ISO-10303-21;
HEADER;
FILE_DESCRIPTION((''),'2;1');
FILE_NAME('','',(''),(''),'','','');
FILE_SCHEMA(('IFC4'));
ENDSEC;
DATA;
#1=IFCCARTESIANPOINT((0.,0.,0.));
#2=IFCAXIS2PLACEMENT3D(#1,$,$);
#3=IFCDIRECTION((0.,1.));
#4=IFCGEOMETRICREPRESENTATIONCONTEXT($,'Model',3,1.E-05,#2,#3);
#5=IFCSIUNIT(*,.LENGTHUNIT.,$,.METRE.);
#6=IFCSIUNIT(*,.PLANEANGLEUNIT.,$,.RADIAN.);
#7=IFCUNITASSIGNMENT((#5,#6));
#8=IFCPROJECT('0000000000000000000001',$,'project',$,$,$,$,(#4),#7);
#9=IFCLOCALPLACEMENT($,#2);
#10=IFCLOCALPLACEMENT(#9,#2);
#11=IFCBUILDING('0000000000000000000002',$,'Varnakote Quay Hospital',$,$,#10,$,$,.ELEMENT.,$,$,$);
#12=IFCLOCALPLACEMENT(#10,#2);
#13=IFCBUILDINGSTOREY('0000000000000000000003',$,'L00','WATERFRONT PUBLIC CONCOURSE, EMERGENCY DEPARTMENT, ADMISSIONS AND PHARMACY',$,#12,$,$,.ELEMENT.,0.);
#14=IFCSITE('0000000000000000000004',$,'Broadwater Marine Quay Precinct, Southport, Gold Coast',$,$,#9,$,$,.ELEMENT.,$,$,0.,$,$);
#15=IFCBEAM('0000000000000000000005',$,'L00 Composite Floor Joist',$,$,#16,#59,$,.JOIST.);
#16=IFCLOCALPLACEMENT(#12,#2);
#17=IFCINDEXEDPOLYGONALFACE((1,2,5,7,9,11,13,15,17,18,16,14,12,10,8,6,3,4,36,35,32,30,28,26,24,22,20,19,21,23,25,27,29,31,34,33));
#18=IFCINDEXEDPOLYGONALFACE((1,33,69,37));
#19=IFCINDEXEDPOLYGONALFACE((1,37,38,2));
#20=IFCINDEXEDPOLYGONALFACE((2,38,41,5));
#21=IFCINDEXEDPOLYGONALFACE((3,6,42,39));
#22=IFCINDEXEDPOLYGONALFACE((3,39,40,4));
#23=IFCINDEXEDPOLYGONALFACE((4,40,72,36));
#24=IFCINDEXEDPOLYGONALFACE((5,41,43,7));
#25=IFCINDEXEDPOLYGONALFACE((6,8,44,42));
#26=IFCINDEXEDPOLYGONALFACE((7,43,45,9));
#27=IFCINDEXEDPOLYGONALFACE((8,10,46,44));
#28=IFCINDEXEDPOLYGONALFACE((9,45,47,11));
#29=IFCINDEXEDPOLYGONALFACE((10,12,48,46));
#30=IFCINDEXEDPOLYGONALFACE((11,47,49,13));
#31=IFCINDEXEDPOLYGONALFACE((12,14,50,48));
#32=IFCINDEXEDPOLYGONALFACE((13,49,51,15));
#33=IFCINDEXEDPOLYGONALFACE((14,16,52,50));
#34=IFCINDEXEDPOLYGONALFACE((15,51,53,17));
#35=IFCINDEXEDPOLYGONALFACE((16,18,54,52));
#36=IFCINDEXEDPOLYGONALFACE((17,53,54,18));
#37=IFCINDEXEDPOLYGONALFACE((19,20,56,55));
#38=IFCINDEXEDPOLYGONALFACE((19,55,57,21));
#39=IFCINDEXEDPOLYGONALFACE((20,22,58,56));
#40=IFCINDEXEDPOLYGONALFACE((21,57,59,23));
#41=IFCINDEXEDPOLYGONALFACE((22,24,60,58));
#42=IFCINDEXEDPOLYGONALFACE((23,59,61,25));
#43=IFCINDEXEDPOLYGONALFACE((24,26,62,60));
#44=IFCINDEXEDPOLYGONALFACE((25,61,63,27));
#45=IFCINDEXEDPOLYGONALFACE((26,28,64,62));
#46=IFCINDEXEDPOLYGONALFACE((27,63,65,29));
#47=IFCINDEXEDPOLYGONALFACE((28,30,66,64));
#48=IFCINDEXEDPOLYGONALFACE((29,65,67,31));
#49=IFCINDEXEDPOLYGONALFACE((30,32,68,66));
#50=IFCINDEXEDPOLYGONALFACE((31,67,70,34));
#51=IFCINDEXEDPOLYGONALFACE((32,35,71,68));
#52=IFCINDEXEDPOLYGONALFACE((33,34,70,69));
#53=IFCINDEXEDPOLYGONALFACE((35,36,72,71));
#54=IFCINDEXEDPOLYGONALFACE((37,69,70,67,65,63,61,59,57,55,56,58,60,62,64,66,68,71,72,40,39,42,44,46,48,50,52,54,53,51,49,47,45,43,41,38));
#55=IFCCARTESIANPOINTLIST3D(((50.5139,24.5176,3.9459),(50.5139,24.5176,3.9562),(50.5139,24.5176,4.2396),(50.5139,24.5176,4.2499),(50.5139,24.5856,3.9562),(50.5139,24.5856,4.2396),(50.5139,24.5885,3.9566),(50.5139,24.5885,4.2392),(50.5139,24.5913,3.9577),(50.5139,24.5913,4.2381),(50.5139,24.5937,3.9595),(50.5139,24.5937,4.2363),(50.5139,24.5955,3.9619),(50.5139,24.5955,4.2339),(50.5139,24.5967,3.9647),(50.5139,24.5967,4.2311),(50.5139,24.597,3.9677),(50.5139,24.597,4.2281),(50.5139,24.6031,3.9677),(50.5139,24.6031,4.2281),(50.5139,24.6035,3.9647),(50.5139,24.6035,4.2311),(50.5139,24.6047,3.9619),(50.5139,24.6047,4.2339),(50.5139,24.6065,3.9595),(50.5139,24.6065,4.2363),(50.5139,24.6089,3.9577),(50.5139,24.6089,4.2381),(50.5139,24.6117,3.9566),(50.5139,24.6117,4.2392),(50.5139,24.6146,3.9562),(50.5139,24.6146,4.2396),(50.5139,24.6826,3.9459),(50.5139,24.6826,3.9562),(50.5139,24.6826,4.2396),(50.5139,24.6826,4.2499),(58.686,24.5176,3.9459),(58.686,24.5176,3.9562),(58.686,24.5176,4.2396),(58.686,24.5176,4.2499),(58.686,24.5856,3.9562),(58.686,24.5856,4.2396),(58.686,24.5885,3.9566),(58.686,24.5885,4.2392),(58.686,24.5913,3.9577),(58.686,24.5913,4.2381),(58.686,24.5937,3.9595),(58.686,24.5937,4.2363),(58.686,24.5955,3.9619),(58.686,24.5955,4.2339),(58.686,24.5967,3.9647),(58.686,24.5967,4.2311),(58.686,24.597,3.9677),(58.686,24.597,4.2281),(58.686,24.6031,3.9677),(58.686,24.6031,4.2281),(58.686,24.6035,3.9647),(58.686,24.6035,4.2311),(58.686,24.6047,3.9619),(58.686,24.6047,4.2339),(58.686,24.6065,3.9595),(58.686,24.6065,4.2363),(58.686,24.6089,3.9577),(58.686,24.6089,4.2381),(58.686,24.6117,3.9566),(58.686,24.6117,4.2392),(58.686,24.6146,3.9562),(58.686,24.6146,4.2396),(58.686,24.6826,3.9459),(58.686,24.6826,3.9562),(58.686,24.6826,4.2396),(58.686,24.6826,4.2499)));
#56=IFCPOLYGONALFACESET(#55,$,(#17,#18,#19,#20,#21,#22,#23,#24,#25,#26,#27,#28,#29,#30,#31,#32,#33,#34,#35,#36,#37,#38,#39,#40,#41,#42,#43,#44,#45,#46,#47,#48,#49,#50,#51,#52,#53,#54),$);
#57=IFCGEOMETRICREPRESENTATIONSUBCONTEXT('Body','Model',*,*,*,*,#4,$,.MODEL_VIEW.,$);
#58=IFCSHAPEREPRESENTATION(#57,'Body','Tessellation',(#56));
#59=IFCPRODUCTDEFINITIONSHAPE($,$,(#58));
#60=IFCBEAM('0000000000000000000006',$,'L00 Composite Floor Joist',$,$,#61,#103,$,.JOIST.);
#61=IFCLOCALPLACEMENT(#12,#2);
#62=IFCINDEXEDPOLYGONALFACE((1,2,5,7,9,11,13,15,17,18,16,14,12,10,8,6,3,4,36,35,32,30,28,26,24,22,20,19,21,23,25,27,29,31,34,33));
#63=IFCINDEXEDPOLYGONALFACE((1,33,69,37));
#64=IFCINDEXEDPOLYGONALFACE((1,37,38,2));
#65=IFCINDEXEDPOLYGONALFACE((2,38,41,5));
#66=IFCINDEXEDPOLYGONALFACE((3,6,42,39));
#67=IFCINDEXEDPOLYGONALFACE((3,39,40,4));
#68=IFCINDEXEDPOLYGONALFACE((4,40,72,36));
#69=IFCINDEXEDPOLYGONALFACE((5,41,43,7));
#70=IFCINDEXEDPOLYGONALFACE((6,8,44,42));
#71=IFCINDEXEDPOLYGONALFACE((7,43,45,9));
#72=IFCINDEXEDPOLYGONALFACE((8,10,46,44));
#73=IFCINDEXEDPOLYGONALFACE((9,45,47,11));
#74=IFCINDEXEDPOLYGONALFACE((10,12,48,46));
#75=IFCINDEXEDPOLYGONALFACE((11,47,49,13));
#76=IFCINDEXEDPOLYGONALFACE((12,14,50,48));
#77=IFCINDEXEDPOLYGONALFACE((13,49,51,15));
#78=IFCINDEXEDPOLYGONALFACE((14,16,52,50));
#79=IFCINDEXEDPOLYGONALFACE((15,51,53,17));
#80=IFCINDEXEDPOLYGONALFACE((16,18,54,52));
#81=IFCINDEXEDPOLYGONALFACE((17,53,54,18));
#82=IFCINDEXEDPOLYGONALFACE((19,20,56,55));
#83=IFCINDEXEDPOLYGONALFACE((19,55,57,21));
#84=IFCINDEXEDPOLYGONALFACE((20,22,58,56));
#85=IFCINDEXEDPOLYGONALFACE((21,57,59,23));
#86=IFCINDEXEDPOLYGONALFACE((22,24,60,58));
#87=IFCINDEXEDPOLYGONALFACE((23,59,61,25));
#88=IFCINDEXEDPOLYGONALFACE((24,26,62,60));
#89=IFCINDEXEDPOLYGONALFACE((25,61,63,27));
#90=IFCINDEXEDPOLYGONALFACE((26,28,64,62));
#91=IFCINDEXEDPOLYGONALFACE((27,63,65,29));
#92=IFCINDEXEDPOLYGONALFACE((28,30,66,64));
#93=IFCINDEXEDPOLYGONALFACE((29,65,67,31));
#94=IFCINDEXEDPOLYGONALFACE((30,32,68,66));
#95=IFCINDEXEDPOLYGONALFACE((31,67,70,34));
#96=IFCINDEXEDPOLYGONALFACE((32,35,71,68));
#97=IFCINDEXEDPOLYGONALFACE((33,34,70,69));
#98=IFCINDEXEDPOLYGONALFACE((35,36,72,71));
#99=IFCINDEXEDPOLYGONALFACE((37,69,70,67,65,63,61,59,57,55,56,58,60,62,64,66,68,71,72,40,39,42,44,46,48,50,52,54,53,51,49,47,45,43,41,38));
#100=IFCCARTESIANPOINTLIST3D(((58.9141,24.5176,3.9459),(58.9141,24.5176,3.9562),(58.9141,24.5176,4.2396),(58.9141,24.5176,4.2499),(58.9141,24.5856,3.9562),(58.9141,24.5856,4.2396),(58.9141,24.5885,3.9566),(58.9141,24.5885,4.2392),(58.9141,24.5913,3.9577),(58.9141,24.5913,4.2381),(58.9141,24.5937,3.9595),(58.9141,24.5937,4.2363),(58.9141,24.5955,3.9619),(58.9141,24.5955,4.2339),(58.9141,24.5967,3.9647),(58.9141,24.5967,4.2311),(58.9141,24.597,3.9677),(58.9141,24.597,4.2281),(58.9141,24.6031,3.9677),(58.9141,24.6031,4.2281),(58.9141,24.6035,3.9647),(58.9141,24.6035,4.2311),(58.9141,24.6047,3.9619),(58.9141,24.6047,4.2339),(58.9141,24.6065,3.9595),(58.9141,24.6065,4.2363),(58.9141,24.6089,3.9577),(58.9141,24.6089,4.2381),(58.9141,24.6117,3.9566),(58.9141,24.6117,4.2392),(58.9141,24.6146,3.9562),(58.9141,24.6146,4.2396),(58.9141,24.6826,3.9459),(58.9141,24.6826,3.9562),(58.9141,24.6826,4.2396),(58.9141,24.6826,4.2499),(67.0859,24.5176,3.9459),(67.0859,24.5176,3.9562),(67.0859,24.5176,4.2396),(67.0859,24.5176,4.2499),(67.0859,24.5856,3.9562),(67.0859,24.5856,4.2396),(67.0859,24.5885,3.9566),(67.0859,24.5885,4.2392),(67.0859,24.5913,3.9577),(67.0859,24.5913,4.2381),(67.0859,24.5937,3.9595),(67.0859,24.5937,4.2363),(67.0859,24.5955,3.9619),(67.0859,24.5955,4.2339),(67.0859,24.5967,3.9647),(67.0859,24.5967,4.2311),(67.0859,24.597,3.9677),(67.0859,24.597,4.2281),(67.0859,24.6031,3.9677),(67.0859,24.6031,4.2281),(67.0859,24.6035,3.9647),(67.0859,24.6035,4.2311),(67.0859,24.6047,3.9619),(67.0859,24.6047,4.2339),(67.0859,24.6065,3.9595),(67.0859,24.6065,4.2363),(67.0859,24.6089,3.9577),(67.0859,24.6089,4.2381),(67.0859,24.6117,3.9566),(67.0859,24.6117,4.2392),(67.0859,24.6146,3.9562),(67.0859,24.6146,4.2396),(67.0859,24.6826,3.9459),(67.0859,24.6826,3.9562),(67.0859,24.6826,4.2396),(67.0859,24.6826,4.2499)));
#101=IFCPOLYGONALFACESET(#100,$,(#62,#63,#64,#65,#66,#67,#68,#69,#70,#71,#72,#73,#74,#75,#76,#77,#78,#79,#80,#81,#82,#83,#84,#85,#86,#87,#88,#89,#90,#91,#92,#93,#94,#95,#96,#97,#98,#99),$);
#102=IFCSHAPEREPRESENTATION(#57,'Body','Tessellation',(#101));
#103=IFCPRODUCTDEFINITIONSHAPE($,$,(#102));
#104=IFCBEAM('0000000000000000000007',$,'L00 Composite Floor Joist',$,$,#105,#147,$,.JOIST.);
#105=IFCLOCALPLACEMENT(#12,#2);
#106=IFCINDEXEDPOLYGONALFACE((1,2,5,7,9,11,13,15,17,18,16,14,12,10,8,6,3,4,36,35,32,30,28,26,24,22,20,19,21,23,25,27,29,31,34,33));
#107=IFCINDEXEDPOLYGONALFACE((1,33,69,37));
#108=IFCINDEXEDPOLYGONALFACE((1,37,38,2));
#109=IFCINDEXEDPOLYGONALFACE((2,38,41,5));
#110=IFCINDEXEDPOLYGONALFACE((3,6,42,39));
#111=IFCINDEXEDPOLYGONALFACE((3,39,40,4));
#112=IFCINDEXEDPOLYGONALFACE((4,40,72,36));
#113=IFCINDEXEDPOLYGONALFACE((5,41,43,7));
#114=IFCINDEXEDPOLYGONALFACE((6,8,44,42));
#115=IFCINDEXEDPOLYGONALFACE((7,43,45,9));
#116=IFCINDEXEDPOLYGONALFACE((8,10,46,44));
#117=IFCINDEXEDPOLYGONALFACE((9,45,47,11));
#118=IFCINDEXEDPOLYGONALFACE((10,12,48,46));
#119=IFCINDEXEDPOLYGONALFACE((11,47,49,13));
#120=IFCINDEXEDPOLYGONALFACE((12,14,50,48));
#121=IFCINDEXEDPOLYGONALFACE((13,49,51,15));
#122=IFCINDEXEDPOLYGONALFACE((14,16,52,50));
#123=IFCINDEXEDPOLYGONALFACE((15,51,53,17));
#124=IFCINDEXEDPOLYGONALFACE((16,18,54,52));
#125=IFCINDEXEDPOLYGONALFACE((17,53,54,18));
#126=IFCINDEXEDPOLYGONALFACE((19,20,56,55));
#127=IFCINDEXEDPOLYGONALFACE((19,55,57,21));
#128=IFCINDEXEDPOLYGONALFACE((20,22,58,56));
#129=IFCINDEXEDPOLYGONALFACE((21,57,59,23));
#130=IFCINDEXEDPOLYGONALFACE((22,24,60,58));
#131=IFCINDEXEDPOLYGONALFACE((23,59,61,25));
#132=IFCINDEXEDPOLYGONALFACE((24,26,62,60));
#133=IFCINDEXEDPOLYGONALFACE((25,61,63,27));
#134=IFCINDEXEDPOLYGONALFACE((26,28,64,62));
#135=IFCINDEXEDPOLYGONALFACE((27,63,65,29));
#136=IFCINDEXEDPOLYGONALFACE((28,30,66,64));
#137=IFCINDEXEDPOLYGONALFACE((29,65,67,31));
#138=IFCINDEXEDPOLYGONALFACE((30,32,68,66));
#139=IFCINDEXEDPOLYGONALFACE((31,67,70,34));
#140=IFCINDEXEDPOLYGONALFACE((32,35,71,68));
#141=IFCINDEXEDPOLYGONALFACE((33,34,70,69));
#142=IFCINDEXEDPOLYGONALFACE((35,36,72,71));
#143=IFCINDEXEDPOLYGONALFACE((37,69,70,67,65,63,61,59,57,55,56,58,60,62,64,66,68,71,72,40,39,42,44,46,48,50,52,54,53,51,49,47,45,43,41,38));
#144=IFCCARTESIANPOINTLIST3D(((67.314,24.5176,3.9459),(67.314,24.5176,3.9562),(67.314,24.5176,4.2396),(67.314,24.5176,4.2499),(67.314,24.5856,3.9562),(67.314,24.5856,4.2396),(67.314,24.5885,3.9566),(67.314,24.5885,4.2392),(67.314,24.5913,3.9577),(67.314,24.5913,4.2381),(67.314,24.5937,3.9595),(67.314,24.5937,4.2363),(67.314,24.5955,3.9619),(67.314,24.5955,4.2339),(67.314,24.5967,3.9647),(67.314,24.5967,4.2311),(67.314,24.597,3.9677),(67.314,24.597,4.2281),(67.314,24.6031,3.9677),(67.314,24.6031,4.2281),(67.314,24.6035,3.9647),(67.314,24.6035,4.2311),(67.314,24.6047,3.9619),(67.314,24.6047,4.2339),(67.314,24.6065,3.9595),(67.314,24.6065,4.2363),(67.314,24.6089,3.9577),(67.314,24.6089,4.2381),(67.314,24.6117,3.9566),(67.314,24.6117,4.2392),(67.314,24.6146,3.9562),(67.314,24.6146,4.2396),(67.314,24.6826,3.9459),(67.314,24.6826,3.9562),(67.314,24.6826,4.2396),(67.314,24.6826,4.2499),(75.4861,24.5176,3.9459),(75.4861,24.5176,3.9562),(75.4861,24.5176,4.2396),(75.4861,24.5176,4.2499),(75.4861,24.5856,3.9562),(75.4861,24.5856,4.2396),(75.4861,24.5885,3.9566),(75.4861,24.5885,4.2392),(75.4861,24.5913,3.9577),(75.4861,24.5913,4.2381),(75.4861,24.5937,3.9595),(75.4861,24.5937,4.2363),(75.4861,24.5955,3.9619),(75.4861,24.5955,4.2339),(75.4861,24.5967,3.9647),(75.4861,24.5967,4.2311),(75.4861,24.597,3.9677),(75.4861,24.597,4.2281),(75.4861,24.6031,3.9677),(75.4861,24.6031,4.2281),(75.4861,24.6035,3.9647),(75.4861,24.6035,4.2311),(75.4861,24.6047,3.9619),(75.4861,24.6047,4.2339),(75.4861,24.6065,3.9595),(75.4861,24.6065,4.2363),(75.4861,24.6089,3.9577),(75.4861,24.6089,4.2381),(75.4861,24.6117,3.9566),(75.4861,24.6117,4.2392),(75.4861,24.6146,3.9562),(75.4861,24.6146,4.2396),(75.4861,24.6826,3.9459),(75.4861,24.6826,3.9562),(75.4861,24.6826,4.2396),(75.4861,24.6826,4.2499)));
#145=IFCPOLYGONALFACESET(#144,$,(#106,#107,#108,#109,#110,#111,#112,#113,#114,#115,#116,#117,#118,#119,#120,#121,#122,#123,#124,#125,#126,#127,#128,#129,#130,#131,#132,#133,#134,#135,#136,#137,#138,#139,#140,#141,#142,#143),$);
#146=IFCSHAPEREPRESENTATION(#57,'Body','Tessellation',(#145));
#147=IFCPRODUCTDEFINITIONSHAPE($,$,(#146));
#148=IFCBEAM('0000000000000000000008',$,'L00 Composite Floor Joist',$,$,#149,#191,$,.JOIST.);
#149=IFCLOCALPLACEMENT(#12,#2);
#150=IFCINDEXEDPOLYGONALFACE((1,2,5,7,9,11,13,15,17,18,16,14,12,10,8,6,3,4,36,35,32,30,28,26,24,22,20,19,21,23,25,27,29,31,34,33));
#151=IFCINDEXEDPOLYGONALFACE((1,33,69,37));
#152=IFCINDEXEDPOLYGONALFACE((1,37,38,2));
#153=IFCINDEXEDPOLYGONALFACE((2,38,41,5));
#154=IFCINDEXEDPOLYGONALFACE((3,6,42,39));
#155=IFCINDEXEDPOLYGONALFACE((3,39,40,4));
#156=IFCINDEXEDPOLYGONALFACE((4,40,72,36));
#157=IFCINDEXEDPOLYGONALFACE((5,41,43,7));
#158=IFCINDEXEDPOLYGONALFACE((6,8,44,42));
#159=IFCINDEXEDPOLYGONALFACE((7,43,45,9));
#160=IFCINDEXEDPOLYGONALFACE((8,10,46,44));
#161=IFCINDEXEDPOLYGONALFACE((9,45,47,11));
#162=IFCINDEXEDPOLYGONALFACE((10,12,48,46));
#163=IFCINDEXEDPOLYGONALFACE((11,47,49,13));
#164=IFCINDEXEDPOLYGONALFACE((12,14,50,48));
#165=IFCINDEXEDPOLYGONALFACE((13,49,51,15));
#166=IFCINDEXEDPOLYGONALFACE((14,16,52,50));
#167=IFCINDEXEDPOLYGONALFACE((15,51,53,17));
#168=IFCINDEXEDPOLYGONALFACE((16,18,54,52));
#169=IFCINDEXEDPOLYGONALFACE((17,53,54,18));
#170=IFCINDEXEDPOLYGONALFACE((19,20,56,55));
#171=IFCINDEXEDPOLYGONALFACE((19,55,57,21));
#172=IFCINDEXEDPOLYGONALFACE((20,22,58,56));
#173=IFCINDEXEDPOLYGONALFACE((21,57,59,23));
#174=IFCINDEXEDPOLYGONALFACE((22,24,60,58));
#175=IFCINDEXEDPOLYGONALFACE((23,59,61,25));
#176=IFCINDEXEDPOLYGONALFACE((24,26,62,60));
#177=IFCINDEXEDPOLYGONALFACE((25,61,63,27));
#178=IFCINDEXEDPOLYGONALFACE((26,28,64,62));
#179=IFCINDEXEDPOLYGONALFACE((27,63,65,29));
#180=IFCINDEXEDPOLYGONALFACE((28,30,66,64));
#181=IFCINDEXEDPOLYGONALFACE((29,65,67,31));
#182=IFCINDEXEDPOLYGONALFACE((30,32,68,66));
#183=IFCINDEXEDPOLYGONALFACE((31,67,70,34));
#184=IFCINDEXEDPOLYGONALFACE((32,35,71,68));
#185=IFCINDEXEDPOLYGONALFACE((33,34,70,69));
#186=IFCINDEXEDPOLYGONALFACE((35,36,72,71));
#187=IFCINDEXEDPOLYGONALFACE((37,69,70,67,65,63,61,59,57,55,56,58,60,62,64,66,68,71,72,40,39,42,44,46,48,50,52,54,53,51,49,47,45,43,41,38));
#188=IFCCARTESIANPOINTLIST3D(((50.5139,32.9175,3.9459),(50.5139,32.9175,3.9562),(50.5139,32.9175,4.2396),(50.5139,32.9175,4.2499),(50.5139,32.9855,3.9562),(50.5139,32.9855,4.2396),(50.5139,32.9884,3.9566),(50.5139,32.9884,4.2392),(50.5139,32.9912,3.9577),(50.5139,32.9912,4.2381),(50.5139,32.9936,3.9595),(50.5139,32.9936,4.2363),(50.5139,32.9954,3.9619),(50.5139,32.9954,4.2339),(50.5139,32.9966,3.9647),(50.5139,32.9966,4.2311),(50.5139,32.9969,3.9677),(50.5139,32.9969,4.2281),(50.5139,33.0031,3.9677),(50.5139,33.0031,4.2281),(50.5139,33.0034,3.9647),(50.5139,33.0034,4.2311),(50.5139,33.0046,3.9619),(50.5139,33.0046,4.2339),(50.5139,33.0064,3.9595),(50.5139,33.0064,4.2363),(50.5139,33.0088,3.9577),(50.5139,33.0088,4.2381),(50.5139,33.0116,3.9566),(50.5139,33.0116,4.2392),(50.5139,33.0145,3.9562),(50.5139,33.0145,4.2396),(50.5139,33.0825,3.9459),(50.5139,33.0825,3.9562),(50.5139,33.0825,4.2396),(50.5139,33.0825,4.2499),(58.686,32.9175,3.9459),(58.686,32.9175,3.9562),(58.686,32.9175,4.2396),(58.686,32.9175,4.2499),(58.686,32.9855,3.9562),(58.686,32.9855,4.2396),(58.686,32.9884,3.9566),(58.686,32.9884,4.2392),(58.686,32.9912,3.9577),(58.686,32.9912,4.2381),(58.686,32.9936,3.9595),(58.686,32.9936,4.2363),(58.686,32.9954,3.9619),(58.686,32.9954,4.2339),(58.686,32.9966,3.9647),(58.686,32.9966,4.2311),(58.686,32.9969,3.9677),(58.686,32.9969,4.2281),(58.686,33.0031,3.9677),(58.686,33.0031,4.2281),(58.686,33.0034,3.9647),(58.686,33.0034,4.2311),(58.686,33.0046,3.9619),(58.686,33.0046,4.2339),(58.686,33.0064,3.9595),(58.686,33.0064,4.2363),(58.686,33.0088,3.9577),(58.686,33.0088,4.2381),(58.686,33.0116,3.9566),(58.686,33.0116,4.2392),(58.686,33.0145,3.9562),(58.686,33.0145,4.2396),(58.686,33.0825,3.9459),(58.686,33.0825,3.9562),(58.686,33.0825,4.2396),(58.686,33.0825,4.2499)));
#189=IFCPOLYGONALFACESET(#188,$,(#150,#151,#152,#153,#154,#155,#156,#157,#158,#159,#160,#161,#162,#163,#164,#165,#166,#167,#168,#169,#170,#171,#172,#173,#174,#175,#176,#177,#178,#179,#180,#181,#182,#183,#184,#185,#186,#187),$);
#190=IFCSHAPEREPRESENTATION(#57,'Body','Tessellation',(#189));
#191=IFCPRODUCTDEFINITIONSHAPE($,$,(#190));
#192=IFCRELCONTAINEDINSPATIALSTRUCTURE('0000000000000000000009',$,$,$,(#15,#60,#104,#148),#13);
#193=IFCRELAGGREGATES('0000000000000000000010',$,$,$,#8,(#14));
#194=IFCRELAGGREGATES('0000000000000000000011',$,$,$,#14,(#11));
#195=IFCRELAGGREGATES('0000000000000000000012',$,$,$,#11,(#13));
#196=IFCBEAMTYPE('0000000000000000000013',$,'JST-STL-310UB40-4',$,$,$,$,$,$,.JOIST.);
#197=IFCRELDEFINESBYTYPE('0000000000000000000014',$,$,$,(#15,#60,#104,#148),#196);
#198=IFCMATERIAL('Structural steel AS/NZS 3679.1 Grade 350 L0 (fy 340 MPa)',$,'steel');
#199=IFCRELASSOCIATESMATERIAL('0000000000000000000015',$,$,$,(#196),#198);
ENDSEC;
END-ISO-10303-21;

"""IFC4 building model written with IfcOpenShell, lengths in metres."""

from ifc_helpers import new_model, si_unit, direction, frame, origin, origin_2d, place, context, subcontext, project, spatial, i_section, extrude, material, material_profile, profile_set, type_object, element, save


model = new_model("IFC4")

# Units and contexts
model_context = context("Model", 3, precision=1e-05, world=origin(), true_north=direction((0.0, 1.0)))
body_context = subcontext(model_context, "Body", "Model", "MODEL_VIEW")
ifc_project = project(units=[si_unit("LENGTHUNIT", "METRE"), si_unit("PLANEANGLEUNIT", "RADIAN")], contexts=[model_context])

# Site, building, storey
site_placement = place(None, origin())
site = spatial("IfcSite", under=ifc_project, at=site_placement, Name="Broadwater Marine Quay Precinct, Southport, Gold Coast", CompositionType="ELEMENT", RefElevation=0.0)
building_placement = place(site_placement, origin())
building = spatial("IfcBuilding", under=site, at=building_placement, Name="Varnakote Quay Hospital", CompositionType="ELEMENT")
storey_placement = place(building_placement, origin())
storey = spatial("IfcBuildingStorey", under=building, at=storey_placement, Name="L00", Description="WATERFRONT PUBLIC CONCOURSE, EMERGENCY DEPARTMENT, ADMISSIONS AND PHARMACY", CompositionType="ELEMENT", Elevation=0.0)

# Beams
ifc_material_1 = material(Name="Structural steel AS/NZS 3679.1 Grade 350 L0 (fy 340 MPa)", Category="steel")
ifc_material_profile_1 = material_profile(ifc_material_1, i_section(OverallWidth=0.165, OverallDepth=0.304, WebThickness=0.0061, FlangeThickness=0.0103, FilletRadius=0.0115, at=origin_2d()), Name="310UB40.4")
ifc_profile_set_1 = profile_set([ifc_material_profile_1], Name="Structural steel AS/NZS 3679.1 Grade 350 L0 (fy 340 MPa)")
beam_type_1 = type_object("IfcBeamType", Name="JST-STL-310UB40-4", PredefinedType="JOIST", material=ifc_profile_set_1)
beam_1_placement = place(storey_placement, frame((50.5139, 24.6001, 4.0979), z_axis=(1.0, 0.0, 0.0), x_axis=(0.0, 1.0, 0.0)))
element("IfcBeam", 1, at=beam_1_placement, inside=storey, type_object=beam_type_1, Name="L00 Composite Floor Joist", PredefinedType="JOIST", context=body_context, shape_type="SweptSolid", body=[
    extrude(i_section(OverallWidth=0.165, OverallDepth=0.304, WebThickness=0.0061, FlangeThickness=0.0103, FilletRadius=0.0115, at=origin_2d()), origin(), (0.0, 0.0, 1.0), 8.1721),
])
beam_2_placement = place(storey_placement, frame((58.9141, 24.6001, 4.0979), z_axis=(1.0, 0.0, 0.0), x_axis=(0.0, 1.0, 0.0)))
element("IfcBeam", 2, at=beam_2_placement, inside=storey, type_object=beam_type_1, Name="L00 Composite Floor Joist", PredefinedType="JOIST", context=body_context, shape_type="SweptSolid", body=[
    extrude(i_section(OverallWidth=0.165, OverallDepth=0.304, WebThickness=0.0061, FlangeThickness=0.0103, FilletRadius=0.0115, at=origin_2d()), origin(), (0.0, 0.0, 1.0), 8.1719),
])
for number, where, z_axis, x_axis, name in (
    (3, (67.314, 24.6001, 4.0979), (1.0, 0.0, 0.0), (0.0, 1.0, 0.0), "L00 Composite Floor Joist"),
    (4, (50.5139, 33.0, 4.0979), (1.0, 0.0, 0.0), (0.0, 1.0, 0.0), "L00 Composite Floor Joist"),
):
    element("IfcBeam", number, at=place(storey_placement, frame(where, z_axis=z_axis, x_axis=x_axis)), inside=storey, type_object=beam_type_1, Name=name, PredefinedType="JOIST", context=body_context, shape_type="SweptSolid", body=[
        extrude(i_section(OverallWidth=0.165, OverallDepth=0.304, WebThickness=0.0061, FlangeThickness=0.0103, FilletRadius=0.0115, at=origin_2d()), origin(), (0.0, 0.0, 1.0), 8.1721),
    ])

save(model, "model.ifc")
